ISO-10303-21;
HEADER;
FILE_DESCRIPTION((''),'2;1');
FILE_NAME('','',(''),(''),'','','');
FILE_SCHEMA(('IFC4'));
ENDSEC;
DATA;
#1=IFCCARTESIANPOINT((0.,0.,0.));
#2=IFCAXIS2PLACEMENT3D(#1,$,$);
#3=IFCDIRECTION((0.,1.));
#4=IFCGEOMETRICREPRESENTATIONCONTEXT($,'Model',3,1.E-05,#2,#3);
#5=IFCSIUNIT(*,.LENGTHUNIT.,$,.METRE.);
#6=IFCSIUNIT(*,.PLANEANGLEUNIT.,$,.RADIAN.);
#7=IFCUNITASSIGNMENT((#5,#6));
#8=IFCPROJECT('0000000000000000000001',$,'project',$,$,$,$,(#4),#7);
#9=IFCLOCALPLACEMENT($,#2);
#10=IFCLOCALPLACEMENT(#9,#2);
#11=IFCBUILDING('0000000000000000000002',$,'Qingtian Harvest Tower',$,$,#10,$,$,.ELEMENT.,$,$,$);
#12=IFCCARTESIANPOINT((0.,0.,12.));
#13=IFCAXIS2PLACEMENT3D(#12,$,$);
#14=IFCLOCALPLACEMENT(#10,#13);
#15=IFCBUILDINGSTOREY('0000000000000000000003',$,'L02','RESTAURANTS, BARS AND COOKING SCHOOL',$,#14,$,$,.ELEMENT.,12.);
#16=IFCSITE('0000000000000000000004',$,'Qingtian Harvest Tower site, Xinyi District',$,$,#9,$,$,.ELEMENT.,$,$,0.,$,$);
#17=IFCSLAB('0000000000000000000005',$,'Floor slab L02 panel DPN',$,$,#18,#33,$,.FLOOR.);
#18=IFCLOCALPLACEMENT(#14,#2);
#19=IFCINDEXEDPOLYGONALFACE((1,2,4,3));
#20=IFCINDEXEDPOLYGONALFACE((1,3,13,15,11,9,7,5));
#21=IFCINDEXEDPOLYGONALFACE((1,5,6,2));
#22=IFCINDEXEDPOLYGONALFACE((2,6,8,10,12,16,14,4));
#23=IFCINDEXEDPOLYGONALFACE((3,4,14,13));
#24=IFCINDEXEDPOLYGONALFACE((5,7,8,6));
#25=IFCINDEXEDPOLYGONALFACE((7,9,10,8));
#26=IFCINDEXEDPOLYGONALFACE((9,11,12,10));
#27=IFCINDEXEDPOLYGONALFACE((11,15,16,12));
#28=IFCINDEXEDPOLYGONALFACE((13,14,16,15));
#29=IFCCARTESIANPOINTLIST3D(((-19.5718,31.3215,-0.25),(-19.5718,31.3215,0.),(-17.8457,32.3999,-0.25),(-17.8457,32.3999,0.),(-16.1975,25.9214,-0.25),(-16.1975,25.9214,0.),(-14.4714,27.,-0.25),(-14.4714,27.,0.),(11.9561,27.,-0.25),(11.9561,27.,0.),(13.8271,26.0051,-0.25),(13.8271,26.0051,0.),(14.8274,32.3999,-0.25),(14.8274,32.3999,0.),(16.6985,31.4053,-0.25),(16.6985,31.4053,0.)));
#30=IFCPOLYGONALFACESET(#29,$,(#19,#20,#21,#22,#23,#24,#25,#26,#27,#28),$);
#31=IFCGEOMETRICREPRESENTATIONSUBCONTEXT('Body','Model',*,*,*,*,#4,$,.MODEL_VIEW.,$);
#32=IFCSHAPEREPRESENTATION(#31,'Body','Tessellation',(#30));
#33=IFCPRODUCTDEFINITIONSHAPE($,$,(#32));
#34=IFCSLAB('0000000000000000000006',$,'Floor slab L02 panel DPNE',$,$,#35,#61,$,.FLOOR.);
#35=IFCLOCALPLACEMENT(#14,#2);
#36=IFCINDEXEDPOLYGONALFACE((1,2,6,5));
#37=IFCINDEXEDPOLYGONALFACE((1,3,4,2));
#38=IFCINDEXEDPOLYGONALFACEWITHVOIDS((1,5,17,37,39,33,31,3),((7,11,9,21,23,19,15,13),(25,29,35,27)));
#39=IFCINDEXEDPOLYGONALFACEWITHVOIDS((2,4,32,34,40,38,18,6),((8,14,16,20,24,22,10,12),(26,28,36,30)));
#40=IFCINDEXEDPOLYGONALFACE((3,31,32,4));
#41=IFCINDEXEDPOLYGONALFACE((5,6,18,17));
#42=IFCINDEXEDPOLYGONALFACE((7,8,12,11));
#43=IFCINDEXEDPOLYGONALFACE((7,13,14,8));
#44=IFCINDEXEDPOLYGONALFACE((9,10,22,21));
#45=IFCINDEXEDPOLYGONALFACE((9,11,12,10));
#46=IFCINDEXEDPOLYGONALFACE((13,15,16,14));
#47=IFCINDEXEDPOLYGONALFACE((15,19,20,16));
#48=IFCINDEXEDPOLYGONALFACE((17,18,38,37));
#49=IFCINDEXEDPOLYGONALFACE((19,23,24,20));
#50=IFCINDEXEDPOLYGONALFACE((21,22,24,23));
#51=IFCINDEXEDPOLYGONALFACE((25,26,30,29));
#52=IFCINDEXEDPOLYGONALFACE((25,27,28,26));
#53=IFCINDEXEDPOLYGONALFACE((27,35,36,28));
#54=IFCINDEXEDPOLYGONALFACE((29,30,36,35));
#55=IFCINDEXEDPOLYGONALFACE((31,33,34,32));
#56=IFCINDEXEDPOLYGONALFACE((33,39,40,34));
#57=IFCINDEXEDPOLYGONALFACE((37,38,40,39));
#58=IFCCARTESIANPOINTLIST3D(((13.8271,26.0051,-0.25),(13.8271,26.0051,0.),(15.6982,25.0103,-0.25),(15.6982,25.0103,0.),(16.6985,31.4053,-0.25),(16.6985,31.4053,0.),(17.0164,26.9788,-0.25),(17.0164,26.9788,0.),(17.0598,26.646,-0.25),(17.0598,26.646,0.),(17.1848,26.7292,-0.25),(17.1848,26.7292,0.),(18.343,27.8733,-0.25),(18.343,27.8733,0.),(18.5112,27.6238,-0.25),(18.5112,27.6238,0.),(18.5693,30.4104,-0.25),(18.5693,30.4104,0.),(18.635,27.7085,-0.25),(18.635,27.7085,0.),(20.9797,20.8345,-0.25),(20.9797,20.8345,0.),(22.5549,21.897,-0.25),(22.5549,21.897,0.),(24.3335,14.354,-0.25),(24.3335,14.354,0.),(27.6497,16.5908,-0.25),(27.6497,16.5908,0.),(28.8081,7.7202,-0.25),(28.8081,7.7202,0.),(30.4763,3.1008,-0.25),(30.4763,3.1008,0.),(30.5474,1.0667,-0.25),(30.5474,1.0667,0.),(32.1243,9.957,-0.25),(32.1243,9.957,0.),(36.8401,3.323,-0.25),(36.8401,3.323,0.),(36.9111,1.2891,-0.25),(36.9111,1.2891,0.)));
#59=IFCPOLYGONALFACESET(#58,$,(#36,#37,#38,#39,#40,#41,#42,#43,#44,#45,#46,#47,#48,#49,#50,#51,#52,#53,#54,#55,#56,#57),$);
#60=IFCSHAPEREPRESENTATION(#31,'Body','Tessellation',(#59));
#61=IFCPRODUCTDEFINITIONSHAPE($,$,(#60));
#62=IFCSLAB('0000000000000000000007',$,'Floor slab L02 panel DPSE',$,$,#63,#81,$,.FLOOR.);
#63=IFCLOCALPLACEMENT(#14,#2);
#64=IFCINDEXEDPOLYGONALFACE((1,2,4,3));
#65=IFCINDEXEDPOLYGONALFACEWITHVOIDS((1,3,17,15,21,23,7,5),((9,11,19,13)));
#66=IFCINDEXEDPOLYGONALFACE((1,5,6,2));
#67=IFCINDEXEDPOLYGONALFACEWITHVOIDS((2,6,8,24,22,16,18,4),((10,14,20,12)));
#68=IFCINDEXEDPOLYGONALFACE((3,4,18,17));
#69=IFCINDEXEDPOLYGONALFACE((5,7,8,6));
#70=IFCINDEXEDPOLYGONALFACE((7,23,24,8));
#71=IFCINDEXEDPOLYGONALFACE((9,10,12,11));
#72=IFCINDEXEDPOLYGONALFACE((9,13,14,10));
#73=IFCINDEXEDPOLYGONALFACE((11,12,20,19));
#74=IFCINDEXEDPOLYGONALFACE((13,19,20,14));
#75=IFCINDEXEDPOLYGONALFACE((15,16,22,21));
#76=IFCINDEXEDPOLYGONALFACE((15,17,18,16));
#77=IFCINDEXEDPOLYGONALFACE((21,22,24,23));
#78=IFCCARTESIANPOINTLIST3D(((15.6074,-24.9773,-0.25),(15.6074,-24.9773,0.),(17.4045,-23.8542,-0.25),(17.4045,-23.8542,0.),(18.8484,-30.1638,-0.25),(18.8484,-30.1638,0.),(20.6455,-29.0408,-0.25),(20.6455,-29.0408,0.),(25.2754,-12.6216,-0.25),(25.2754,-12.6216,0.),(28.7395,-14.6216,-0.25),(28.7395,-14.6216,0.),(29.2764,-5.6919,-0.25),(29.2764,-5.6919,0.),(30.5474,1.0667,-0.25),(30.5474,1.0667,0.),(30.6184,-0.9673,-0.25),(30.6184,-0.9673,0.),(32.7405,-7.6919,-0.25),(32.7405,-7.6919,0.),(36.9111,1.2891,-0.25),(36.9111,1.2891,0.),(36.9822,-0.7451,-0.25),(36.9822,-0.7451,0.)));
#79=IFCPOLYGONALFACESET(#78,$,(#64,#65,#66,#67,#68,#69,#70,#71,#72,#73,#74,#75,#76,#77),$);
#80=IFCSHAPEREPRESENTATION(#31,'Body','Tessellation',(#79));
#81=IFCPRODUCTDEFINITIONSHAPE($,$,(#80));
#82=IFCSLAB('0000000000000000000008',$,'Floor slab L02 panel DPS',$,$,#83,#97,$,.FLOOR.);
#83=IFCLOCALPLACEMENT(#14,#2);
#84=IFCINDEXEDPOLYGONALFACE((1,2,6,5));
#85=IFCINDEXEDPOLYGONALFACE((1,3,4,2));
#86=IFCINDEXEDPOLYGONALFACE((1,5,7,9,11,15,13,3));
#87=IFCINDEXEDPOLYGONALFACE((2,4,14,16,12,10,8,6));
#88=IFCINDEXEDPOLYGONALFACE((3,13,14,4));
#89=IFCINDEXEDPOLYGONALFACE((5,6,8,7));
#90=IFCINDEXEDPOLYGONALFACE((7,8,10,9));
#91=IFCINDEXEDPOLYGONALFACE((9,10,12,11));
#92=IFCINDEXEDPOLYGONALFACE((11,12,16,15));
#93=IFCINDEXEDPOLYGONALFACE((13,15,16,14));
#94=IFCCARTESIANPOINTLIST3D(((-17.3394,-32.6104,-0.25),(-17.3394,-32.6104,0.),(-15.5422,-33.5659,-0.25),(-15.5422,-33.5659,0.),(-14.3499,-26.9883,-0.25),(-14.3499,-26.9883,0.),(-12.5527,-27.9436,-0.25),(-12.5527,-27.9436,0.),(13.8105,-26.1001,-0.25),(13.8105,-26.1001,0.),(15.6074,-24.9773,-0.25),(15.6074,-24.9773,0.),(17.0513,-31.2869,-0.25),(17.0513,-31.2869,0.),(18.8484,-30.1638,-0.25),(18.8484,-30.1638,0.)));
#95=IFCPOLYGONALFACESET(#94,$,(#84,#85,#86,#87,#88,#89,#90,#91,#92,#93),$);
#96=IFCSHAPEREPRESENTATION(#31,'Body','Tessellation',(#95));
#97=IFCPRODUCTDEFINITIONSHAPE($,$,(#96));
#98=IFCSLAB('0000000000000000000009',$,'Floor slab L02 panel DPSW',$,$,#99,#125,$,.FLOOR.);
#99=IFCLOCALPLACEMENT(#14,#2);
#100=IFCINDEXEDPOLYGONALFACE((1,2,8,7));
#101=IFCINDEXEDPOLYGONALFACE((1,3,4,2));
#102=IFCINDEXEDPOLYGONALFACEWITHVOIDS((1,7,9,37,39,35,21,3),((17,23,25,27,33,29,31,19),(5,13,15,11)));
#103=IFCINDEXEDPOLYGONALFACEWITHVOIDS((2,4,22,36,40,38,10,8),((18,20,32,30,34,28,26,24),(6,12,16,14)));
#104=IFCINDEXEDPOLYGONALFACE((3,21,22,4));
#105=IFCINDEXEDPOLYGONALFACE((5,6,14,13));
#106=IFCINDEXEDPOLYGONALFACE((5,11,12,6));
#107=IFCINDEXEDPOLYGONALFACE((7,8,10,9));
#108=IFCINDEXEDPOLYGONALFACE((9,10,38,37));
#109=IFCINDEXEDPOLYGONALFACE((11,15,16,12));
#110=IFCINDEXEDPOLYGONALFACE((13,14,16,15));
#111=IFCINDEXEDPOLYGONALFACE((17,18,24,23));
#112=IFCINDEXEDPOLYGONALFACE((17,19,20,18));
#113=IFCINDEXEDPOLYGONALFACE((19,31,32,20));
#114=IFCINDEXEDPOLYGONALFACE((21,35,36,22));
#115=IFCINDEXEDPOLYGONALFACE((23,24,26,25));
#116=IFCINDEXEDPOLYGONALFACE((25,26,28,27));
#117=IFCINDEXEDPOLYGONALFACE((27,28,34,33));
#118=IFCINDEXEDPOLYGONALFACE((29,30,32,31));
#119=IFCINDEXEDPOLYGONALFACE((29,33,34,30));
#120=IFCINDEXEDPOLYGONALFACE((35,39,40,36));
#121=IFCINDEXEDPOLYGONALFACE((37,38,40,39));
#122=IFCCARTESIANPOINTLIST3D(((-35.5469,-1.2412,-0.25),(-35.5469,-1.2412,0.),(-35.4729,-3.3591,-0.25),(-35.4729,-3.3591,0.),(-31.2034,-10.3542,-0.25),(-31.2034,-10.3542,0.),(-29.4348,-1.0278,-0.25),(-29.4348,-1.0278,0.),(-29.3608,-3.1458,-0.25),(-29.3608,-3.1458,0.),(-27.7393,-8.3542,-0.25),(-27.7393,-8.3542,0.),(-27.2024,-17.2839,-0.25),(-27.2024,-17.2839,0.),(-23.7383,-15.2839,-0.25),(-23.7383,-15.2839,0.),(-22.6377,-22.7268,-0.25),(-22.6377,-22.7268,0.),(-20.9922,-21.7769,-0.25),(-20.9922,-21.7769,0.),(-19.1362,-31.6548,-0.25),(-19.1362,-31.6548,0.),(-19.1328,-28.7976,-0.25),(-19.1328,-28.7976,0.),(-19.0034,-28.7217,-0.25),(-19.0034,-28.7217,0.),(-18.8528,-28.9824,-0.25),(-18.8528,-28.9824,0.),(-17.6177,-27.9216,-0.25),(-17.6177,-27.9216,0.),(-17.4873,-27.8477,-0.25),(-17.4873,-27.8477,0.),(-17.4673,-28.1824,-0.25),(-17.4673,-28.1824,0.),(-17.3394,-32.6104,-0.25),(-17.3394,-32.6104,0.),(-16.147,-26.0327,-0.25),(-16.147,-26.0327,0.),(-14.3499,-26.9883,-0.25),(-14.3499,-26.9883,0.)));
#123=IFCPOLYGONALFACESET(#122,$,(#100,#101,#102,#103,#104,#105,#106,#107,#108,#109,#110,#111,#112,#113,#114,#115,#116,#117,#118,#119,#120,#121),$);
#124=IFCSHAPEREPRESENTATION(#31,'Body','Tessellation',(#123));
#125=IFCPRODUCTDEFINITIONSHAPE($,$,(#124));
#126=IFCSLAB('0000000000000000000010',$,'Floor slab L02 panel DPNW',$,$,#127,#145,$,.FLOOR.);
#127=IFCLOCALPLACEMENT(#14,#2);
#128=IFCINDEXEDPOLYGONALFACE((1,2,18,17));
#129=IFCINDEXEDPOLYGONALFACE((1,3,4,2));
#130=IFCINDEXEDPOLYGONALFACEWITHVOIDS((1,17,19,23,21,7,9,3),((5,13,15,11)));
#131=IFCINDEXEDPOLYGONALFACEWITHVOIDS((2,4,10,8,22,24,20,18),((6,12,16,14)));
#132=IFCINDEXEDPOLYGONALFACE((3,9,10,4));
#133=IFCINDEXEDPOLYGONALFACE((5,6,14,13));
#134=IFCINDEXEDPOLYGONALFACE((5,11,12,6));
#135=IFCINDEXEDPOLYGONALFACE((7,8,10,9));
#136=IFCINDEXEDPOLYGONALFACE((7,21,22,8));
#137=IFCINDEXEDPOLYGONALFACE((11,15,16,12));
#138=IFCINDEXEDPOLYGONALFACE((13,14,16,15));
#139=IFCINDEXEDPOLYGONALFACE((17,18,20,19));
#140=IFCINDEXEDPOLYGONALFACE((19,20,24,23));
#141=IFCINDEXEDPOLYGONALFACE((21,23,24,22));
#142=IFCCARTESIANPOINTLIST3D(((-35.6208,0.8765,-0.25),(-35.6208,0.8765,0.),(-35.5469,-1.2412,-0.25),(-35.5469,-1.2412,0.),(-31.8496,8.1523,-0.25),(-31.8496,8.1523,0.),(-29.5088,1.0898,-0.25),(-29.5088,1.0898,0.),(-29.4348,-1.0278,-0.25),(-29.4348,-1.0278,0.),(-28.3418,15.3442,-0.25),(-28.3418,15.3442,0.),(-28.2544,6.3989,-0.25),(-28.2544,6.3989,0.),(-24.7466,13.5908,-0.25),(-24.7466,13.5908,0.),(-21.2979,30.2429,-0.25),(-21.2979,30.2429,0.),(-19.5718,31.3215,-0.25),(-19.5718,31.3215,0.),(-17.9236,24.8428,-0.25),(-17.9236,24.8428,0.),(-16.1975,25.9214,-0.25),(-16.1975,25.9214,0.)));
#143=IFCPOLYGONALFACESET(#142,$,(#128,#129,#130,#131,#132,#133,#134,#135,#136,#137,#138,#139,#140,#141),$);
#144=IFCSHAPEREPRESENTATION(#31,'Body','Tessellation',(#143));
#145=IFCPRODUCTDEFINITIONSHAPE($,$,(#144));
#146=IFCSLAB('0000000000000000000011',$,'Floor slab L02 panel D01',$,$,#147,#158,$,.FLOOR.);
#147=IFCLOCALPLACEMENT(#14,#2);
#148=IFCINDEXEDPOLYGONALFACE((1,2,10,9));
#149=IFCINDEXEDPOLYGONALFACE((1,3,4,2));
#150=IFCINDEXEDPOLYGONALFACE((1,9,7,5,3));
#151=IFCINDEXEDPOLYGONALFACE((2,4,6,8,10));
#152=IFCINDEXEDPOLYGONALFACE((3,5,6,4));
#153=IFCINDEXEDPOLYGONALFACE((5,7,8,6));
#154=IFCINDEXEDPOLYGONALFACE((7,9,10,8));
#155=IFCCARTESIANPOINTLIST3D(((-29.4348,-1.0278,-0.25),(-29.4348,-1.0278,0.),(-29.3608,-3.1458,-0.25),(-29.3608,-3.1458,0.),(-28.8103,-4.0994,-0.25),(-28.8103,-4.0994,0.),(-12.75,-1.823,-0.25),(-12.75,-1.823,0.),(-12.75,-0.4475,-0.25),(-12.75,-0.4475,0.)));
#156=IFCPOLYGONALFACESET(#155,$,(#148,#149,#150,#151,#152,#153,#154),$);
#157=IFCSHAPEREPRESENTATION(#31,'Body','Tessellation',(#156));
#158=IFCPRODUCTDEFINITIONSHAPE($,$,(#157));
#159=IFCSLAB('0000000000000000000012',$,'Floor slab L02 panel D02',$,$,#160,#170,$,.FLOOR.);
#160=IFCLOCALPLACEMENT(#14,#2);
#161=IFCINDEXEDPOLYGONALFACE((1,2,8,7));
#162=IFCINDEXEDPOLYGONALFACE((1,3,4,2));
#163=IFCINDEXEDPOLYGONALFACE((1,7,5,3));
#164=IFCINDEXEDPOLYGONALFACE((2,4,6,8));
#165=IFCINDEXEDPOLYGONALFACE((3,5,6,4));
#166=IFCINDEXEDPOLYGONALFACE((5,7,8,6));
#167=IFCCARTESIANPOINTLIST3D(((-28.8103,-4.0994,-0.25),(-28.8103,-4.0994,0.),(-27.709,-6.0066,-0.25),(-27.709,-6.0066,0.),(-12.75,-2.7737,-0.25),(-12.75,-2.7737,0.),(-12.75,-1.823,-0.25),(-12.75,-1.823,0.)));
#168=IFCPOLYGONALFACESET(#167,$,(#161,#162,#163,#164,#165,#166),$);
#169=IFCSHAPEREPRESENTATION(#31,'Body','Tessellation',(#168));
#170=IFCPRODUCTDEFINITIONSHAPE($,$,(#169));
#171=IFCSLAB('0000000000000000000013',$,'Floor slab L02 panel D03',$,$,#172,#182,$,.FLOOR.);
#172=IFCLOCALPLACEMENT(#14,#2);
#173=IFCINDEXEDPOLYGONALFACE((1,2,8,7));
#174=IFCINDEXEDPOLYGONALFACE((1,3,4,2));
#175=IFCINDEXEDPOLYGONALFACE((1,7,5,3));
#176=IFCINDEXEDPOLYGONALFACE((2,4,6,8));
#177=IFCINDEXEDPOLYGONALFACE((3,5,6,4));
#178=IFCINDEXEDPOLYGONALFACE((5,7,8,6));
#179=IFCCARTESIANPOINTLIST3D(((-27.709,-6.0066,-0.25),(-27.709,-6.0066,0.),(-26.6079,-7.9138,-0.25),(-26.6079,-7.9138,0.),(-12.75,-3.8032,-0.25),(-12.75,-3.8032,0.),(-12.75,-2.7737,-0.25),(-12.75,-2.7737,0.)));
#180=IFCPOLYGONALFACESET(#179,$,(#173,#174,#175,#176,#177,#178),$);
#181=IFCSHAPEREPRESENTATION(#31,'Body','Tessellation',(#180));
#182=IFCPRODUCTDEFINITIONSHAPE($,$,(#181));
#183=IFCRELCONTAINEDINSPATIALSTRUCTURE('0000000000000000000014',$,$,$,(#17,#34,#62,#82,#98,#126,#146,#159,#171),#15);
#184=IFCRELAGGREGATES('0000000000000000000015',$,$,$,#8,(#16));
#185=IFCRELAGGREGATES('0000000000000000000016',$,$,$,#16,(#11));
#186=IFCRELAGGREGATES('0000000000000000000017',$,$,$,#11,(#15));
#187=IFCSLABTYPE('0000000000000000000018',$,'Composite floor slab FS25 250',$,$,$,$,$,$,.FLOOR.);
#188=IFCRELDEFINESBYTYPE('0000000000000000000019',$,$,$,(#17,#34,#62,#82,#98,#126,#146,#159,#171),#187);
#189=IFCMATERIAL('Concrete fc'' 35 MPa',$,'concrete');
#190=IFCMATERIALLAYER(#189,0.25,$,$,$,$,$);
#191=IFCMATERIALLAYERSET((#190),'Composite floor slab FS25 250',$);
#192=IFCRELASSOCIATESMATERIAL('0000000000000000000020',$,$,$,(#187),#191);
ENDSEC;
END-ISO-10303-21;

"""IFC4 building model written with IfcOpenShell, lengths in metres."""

from ifc_helpers import new_model, si_unit, direction, frame, origin, place, context, subcontext, project, spatial, polyline, outline, extrude, material, layer, layer_set, type_object, element, save


model = new_model("IFC4")

# Units and contexts
model_context = context("Model", 3, precision=1e-05, world=origin(), true_north=direction((0.0, 1.0)))
body_context = subcontext(model_context, "Body", "Model", "MODEL_VIEW")
ifc_project = project(units=[si_unit("LENGTHUNIT", "METRE"), si_unit("PLANEANGLEUNIT", "RADIAN")], contexts=[model_context])

# Site, building, storey
site_placement = place(None, origin())
site = spatial("IfcSite", under=ifc_project, at=site_placement, Name="Qingtian Harvest Tower site, Xinyi District", CompositionType="ELEMENT", RefElevation=0.0)
building_placement = place(site_placement, origin())
building = spatial("IfcBuilding", under=site, at=building_placement, Name="Qingtian Harvest Tower", CompositionType="ELEMENT")
storey_placement = place(building_placement, frame((0.0, 0.0, 12.0)))
storey = spatial("IfcBuildingStorey", under=building, at=storey_placement, Name="L02", Description="RESTAURANTS, BARS AND COOKING SCHOOL", CompositionType="ELEMENT", Elevation=12.0)

# Slabs
ifc_material_1 = material(Name="Concrete fc' 35 MPa", Category="concrete")
ifc_layer_1 = layer(ifc_material_1, 0.25)
ifc_layer_set_1 = layer_set([ifc_layer_1], Name="Composite floor slab FS25 250")
slab_type_1 = type_object("IfcSlabType", Name="Composite floor slab FS25 250", PredefinedType="FLOOR", material=ifc_layer_set_1)
slab_1_placement = place(storey_placement, frame((0.0, 0.0, -0.25)))
element("IfcSlab", 1, at=slab_1_placement, inside=storey, type_object=slab_type_1, Name="Floor slab L02 panel DPN", PredefinedType="FLOOR", context=body_context, shape_type="SweptSolid", body=[
    extrude(outline(polyline([(14.8274, 32.3999), (16.6985, 31.4053), (13.8271, 26.0051), (11.9561, 27.0), (-14.4714, 27.0), (-16.1975, 25.9214), (-19.5718, 31.3215), (-17.8457, 32.3999), (14.8274, 32.3999)])), origin(), (0.0, 0.0, 1.0), 0.25),
])
slab_2_placement = place(storey_placement, frame((0.0, 0.0, -0.25)))
element("IfcSlab", 2, at=slab_2_placement, inside=storey, type_object=slab_type_1, Name="Floor slab L02 panel DPNE", PredefinedType="FLOOR", context=body_context, shape_type="SweptSolid", body=[
    extrude(outline(polyline([(30.5474, 1.0667), (30.4763, 3.1008), (15.6982, 25.0103), (13.8271, 26.0051), (16.6985, 31.4053), (18.5693, 30.4104), (36.8401, 3.323), (36.9111, 1.2891), (30.5474, 1.0667)]), holes=[polyline([(32.1243, 9.957), (27.6497, 16.5908), (24.3335, 14.354), (28.8081, 7.7202), (32.1243, 9.957)]), polyline([(17.1848, 26.7292), (17.0598, 26.646), (20.9797, 20.8345), (22.5549, 21.897), (18.635, 27.7085), (18.5112, 27.6238), (18.343, 27.8733), (17.0164, 26.9788), (17.1848, 26.7292)])]), origin(), (0.0, 0.0, 1.0), 0.25),
])
slab_3_placement = place(storey_placement, frame((0.0, 0.0, -0.25)))
element("IfcSlab", 3, at=slab_3_placement, inside=storey, type_object=slab_type_1, Name="Floor slab L02 panel DPSE", PredefinedType="FLOOR", context=body_context, shape_type="SweptSolid", body=[
    extrude(outline(polyline([(18.8484, -30.1638), (15.6074, -24.9773), (17.4045, -23.8542), (30.6184, -0.9673), (30.5474, 1.0667), (36.9111, 1.2891), (36.9822, -0.7451), (20.6455, -29.0408), (18.8484, -30.1638)]), holes=[polyline([(28.7395, -14.6216), (32.7405, -7.6919), (29.2764, -5.6919), (25.2754, -12.6216), (28.7395, -14.6216)])]), origin(), (0.0, 0.0, 1.0), 0.25),
])
slab_4_placement = place(storey_placement, frame((0.0, 0.0, -0.25)))
element("IfcSlab", 4, at=slab_4_placement, inside=storey, type_object=slab_type_1, Name="Floor slab L02 panel DPS", PredefinedType="FLOOR", context=body_context, shape_type="SweptSolid", body=[
    extrude(outline(polyline([(-17.3394, -32.6104), (-14.3499, -26.9883), (-12.5527, -27.9436), (13.8105, -26.1001), (15.6074, -24.9773), (18.8484, -30.1638), (17.0513, -31.2869), (-15.5422, -33.5659), (-17.3394, -32.6104)])), origin(), (0.0, 0.0, 1.0), 0.25),
])
slab_5_placement = place(storey_placement, frame((0.0, 0.0, -0.25)))
element("IfcSlab", 5, at=slab_5_placement, inside=storey, type_object=slab_type_1, Name="Floor slab L02 panel DPSW", PredefinedType="FLOOR", context=body_context, shape_type="SweptSolid", body=[
    extrude(outline(polyline([(-35.5469, -1.2412), (-29.4348, -1.0278), (-29.3608, -3.1458), (-16.147, -26.0327), (-14.3499, -26.9883), (-17.3394, -32.6104), (-19.1362, -31.6548), (-35.4729, -3.3591), (-35.5469, -1.2412)]), holes=[polyline([(-19.0034, -28.7217), (-18.8528, -28.9824), (-17.4673, -28.1824), (-17.6177, -27.9216), (-17.4873, -27.8477), (-20.9922, -21.7769), (-22.6377, -22.7268), (-19.1328, -28.7976), (-19.0034, -28.7217)]), polyline([(-31.2034, -10.3542), (-27.2024, -17.2839), (-23.7383, -15.2839), (-27.7393, -8.3542), (-31.2034, -10.3542)])]), origin(), (0.0, 0.0, 1.0), 0.25),
])
slab_6_placement = place(storey_placement, frame((0.0, 0.0, -0.25)))
element("IfcSlab", 6, at=slab_6_placement, inside=storey, type_object=slab_type_1, Name="Floor slab L02 panel DPNW", PredefinedType="FLOOR", context=body_context, shape_type="SweptSolid", body=[
    extrude(outline(polyline([(-19.5718, 31.3215), (-16.1975, 25.9214), (-17.9236, 24.8428), (-29.5088, 1.0898), (-29.4348, -1.0278), (-35.5469, -1.2412), (-35.6208, 0.8765), (-21.2979, 30.2429), (-19.5718, 31.3215)]), holes=[polyline([(-31.8496, 8.1523), (-28.2544, 6.3989), (-24.7466, 13.5908), (-28.3418, 15.3442), (-31.8496, 8.1523)])]), origin(), (0.0, 0.0, 1.0), 0.25),
])
slab_7_placement = place(storey_placement, frame((0.0, 0.0, -0.25)))
element("IfcSlab", 7, at=slab_7_placement, inside=storey, type_object=slab_type_1, Name="Floor slab L02 panel D01", PredefinedType="FLOOR", context=body_context, shape_type="SweptSolid", body=[
    extrude(outline(polyline([(-12.75, -0.4475), (-12.75, -1.823), (-28.8103, -4.0994), (-29.3608, -3.1458), (-29.4348, -1.0278), (-12.75, -0.4475)])), origin(), (0.0, 0.0, 1.0), 0.25),
])
slab_8_placement = place(storey_placement, frame((0.0, 0.0, -0.25)))
element("IfcSlab", 8, at=slab_8_placement, inside=storey, type_object=slab_type_1, Name="Floor slab L02 panel D02", PredefinedType="FLOOR", context=body_context, shape_type="SweptSolid", body=[
    extrude(outline(polyline([(-12.75, -2.7737), (-27.709, -6.0066), (-28.8103, -4.0994), (-12.75, -1.823), (-12.75, -2.7737)])), origin(), (0.0, 0.0, 1.0), 0.25),
])
slab_9_placement = place(storey_placement, frame((0.0, 0.0, -0.25)))
element("IfcSlab", 9, at=slab_9_placement, inside=storey, type_object=slab_type_1, Name="Floor slab L02 panel D03", PredefinedType="FLOOR", context=body_context, shape_type="SweptSolid", body=[
    extrude(outline(polyline([(-12.75, -3.8032), (-26.6079, -7.9138), (-27.709, -6.0066), (-12.75, -2.7737), (-12.75, -3.8032)])), origin(), (0.0, 0.0, 1.0), 0.25),
])

save(model, "model.ifc")
